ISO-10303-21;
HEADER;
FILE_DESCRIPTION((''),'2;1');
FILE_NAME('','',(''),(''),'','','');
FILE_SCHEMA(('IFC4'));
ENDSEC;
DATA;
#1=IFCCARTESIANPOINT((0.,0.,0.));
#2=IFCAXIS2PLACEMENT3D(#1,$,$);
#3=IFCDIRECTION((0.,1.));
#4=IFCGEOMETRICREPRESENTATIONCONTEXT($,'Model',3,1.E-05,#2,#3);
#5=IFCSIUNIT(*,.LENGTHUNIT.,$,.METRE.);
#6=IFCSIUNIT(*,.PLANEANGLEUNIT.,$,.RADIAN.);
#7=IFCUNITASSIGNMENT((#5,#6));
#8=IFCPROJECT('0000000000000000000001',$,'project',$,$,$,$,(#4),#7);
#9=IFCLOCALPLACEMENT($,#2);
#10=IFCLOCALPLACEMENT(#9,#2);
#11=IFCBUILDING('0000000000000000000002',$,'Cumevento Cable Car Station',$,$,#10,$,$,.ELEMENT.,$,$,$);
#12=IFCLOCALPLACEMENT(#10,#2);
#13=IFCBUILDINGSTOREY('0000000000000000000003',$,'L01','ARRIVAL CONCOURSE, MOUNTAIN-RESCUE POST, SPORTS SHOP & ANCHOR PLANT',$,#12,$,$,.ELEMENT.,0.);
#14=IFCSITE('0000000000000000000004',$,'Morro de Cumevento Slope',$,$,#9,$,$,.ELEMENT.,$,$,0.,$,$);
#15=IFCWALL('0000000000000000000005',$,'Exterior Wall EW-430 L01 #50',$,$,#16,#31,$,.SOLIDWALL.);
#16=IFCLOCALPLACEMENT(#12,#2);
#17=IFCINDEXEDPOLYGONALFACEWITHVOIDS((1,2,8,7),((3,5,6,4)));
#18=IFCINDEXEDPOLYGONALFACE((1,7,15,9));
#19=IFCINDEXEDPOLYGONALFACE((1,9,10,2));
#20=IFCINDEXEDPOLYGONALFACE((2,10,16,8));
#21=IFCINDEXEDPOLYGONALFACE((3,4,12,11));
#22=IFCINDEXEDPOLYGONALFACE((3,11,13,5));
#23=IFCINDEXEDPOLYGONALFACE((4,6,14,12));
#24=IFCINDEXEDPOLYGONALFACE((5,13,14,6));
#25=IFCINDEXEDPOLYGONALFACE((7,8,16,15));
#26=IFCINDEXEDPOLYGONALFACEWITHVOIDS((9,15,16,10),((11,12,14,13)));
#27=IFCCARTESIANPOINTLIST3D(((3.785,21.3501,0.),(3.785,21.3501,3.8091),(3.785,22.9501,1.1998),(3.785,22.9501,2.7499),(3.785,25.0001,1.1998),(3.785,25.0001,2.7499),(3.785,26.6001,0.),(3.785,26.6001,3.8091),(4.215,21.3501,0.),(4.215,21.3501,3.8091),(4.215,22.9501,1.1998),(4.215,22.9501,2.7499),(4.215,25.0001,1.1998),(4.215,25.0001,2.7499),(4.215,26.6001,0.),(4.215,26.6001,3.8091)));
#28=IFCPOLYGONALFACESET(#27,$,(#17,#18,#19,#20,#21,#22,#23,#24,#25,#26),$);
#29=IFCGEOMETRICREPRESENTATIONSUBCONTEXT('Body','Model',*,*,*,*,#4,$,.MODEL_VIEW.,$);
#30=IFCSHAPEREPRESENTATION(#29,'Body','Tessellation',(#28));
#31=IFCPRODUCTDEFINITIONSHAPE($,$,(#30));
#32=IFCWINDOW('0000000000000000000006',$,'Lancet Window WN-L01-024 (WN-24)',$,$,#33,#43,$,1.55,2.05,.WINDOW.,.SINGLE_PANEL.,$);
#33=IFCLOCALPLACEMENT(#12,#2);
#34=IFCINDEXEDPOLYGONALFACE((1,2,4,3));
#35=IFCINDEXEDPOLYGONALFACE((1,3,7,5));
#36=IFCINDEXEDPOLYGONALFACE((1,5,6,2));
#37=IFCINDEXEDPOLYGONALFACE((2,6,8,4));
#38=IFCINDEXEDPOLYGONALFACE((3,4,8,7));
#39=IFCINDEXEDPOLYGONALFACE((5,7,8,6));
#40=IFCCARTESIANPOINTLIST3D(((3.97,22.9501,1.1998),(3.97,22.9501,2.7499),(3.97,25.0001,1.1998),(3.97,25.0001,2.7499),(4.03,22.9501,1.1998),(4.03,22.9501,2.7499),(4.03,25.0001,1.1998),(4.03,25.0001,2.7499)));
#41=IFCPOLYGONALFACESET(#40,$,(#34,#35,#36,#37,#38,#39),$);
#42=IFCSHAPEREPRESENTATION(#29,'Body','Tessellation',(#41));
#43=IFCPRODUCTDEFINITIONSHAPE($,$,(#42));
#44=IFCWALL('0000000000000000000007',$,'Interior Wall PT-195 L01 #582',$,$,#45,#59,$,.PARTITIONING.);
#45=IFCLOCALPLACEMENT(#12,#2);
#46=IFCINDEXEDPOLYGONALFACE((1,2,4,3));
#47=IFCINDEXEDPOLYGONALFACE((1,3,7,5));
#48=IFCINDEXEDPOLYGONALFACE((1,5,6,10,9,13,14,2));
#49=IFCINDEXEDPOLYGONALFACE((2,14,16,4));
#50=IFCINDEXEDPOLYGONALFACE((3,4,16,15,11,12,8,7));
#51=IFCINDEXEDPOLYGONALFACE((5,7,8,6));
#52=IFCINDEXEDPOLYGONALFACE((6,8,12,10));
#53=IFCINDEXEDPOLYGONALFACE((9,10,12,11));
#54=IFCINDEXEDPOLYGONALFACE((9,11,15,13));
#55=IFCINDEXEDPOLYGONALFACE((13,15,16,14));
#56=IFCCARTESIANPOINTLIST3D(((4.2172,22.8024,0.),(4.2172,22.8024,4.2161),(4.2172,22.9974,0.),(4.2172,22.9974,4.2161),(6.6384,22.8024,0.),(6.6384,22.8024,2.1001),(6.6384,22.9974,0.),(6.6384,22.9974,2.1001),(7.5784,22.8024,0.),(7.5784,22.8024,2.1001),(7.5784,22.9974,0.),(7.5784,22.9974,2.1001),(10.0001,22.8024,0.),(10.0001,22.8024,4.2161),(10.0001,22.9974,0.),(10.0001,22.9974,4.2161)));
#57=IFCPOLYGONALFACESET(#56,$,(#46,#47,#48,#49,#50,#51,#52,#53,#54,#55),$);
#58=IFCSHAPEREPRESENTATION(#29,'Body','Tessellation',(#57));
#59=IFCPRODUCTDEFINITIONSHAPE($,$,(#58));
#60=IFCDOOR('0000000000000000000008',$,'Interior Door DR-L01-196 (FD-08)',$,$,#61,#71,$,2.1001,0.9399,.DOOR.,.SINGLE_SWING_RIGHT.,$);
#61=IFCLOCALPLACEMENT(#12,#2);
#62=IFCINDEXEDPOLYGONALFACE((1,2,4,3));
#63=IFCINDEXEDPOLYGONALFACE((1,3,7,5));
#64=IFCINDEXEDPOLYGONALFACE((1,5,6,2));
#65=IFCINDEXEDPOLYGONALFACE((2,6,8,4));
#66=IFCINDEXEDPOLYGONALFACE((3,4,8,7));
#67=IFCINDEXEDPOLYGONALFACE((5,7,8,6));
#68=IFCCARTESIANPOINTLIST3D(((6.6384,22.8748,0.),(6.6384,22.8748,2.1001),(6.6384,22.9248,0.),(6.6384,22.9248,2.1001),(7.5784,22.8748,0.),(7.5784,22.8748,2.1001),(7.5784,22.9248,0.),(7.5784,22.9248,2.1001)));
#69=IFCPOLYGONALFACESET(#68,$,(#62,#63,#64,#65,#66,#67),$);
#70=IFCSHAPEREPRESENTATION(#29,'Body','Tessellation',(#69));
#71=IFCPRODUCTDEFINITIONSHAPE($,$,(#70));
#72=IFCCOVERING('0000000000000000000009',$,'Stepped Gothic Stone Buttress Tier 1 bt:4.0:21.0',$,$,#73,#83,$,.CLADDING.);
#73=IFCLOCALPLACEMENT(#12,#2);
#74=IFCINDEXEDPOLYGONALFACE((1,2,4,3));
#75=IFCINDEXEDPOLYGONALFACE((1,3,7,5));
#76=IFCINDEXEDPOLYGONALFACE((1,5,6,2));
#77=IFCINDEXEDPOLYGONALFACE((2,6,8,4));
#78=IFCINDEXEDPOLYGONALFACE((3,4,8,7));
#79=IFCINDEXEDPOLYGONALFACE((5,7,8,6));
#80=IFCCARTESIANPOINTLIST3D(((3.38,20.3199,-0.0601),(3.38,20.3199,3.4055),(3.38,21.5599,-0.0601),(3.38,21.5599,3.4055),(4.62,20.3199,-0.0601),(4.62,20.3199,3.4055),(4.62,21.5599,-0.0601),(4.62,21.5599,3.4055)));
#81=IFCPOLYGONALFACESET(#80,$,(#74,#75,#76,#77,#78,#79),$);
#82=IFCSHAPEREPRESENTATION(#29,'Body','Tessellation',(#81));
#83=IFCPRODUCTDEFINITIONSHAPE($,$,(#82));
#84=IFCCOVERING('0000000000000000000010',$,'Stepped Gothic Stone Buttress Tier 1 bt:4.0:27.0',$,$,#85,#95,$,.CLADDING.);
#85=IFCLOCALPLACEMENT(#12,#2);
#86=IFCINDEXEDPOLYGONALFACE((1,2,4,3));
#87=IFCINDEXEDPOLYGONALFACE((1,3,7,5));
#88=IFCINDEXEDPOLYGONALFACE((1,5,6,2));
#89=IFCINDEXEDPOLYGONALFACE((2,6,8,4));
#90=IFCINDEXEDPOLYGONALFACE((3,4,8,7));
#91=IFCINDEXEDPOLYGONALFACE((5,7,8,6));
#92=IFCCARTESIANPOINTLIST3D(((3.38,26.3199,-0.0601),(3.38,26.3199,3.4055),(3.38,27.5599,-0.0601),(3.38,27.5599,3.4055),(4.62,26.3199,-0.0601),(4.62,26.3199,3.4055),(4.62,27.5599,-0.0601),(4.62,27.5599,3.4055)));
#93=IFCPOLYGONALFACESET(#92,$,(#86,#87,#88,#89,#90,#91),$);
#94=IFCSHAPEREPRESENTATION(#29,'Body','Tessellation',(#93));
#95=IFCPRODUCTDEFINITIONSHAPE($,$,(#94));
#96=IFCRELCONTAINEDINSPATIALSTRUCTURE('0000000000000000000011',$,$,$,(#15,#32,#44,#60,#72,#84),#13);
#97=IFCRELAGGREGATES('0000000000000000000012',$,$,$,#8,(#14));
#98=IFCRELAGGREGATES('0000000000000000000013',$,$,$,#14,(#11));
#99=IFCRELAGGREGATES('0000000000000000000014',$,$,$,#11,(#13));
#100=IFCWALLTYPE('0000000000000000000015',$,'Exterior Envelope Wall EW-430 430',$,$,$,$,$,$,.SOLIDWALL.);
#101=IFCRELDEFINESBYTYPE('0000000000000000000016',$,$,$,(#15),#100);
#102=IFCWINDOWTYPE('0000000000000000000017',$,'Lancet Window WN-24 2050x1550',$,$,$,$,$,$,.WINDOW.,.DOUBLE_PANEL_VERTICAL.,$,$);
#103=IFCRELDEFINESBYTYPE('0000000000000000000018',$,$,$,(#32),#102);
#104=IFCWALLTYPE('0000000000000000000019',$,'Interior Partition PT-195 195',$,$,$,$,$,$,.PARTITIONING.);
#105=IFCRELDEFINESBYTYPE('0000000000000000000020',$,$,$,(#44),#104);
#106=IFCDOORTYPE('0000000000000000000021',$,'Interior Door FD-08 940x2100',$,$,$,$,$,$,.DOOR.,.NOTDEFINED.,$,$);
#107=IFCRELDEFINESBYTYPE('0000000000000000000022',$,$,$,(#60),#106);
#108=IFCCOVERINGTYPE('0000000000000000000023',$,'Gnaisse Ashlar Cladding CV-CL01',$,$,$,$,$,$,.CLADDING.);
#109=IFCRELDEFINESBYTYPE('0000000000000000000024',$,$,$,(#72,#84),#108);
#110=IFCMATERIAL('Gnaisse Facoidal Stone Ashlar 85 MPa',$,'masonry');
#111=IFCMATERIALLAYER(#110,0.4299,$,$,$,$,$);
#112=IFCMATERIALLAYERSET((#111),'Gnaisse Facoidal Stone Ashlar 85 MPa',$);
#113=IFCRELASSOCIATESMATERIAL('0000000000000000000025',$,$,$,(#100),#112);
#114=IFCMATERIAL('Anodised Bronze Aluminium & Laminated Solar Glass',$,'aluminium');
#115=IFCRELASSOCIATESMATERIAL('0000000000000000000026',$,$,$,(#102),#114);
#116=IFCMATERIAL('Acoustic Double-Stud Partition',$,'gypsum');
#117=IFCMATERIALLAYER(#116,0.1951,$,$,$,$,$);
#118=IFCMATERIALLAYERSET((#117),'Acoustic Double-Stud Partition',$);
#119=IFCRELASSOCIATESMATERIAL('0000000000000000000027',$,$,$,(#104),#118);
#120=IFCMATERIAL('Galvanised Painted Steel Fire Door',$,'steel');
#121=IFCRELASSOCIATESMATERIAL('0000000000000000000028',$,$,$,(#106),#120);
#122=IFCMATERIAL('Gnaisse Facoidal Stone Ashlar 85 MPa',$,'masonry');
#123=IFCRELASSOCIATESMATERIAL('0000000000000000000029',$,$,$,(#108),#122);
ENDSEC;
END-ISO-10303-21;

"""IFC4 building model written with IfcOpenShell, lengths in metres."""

from ifc_helpers import new_model, si_unit, direction, frame, frame_2d, origin, origin_2d, place, context, subcontext, project, spatial, rectangle, extrude, material, layer, layer_set, type_object, element, fill, save


model = new_model("IFC4")

# Units and contexts
model_context = context("Model", 3, precision=1e-05, world=origin(), true_north=direction((0.0, 1.0)))
body_context = subcontext(model_context, "Body", "Model", "MODEL_VIEW")
ifc_project = project(units=[si_unit("LENGTHUNIT", "METRE"), si_unit("PLANEANGLEUNIT", "RADIAN")], contexts=[model_context])

# Site, building, storey
site_placement = place(None, origin())
site = spatial("IfcSite", under=ifc_project, at=site_placement, Name="Morro de Cumevento Slope", CompositionType="ELEMENT", RefElevation=0.0)
building_placement = place(site_placement, origin())
building = spatial("IfcBuilding", under=site, at=building_placement, Name="Cumevento Cable Car Station", CompositionType="ELEMENT")
storey_placement = place(building_placement, origin())
storey = spatial("IfcBuildingStorey", under=building, at=storey_placement, Name="L01", Description="ARRIVAL CONCOURSE, MOUNTAIN-RESCUE POST, SPORTS SHOP & ANCHOR PLANT", CompositionType="ELEMENT", Elevation=0.0)

# Wall, opening, window
ifc_material_1 = material(Name="Gnaisse Facoidal Stone Ashlar 85 MPa", Category="masonry")
ifc_layer_1 = layer(ifc_material_1, 0.4299)
ifc_layer_set_1 = layer_set([ifc_layer_1], Name="Gnaisse Facoidal Stone Ashlar 85 MPa")
wall_type_1 = type_object("IfcWallType", Name="Exterior Envelope Wall EW-430 430", PredefinedType="SOLIDWALL", material=ifc_layer_set_1)
wall_1_placement = place(storey_placement, frame((4.0, 21.3501, 0.0), z_axis=(0.0, 0.0, 1.0), x_axis=(0.0, 1.0, 0.0)))
wall_1 = element("IfcWall", 1, at=wall_1_placement, inside=storey, type_object=wall_type_1, Name="Exterior Wall EW-430 L01 #50", PredefinedType="SOLIDWALL", context=body_context, shape_type="SweptSolid", body=[
    extrude(rectangle(XDim=5.25, YDim=0.4299, at=frame_2d((2.625, 0.0))), origin(), (0.0, 0.0, 1.0), 3.8091),
])
opening_1_placement = place(wall_1_placement, frame((1.6001, 0.0, 1.2)))
opening_1 = element("IfcOpeningElement", 2, at=opening_1_placement, cuts=wall_1, PredefinedType="OPENING", context=body_context, shape_type="SweptSolid", body=[
    extrude(rectangle(XDim=2.05, YDim=1.55, at=frame_2d((1.0249, 0.7749))), frame((0.0, 0.2249, 0.0), z_axis=(0.0, -1.0, 0.0), x_axis=(1.0, 0.0, 0.0)), (0.0, 0.0, 1.0), 0.45),
])
ifc_material_2 = material(Name="Anodised Bronze Aluminium & Laminated Solar Glass", Category="aluminium")
window_type_1 = type_object("IfcWindowType", Name="Lancet Window WN-24 2050x1550", PartitioningType="DOUBLE_PANEL_VERTICAL", PredefinedType="WINDOW", material=ifc_material_2)
window_1_placement = place(opening_1_placement, origin())
window_1 = element("IfcWindow", 3, at=window_1_placement, inside=storey, type_object=window_type_1, Name="Lancet Window WN-L01-024 (WN-24)", OverallHeight=1.55, OverallWidth=2.05, PartitioningType="SINGLE_PANEL", PredefinedType="WINDOW", context=body_context, shape_type="SweptSolid", body=[
    extrude(rectangle(XDim=2.05, YDim=1.55, at=frame_2d((1.0249, 0.7749))), frame((0.0, 0.03, 0.0), z_axis=(0.0, -1.0, 0.0), x_axis=(1.0, 0.0, 0.0)), (0.0, 0.0, 1.0), 0.0601),
])
fill(opening_1, window_1)

# Wall, opening, door
ifc_material_3 = material(Name="Acoustic Double-Stud Partition", Category="gypsum")
ifc_layer_2 = layer(ifc_material_3, 0.1951)
ifc_layer_set_2 = layer_set([ifc_layer_2], Name="Acoustic Double-Stud Partition")
wall_type_2 = type_object("IfcWallType", Name="Interior Partition PT-195 195", PredefinedType="PARTITIONING", material=ifc_layer_set_2)
wall_2_placement = place(storey_placement, frame((4.217, 22.8999, 0.0), z_axis=(0.0, 0.0, 1.0), x_axis=(1.0, 0.0, 0.0)))
wall_2 = element("IfcWall", 4, at=wall_2_placement, inside=storey, type_object=wall_type_2, Name="Interior Wall PT-195 L01 #582", PredefinedType="PARTITIONING", context=body_context, shape_type="SweptSolid", body=[
    extrude(rectangle(XDim=5.783, YDim=0.1951, at=frame_2d((2.8916, 0.0))), origin(), (0.0, 0.0, 1.0), 4.2161),
])
opening_2_placement = place(wall_2_placement, frame((2.4214, 0.0, 0.0)))
opening_2 = element("IfcOpeningElement", 5, at=opening_2_placement, cuts=wall_2, PredefinedType="OPENING", context=body_context, shape_type="SweptSolid", body=[
    extrude(rectangle(XDim=0.9399, YDim=2.1001, at=frame_2d((0.47, 1.05))), frame((0.0, 0.1077, 0.0), z_axis=(0.0, -1.0, 0.0), x_axis=(1.0, 0.0, 0.0)), (0.0, 0.0, 1.0), 0.2151),
])
ifc_material_4 = material(Name="Galvanised Painted Steel Fire Door", Category="steel")
door_type = type_object("IfcDoorType", Name="Interior Door FD-08 940x2100", OperationType="NOTDEFINED", PredefinedType="DOOR", material=ifc_material_4)
door_placement = place(opening_2_placement, origin())
door = element("IfcDoor", 6, at=door_placement, inside=storey, type_object=door_type, Name="Interior Door DR-L01-196 (FD-08)", OperationType="SINGLE_SWING_RIGHT", OverallHeight=2.1001, OverallWidth=0.9399, PredefinedType="DOOR", context=body_context, shape_type="SweptSolid", body=[
    extrude(rectangle(XDim=0.9399, YDim=2.1001, at=frame_2d((0.47, 1.05))), frame((0.0, 0.0249, 0.0), z_axis=(0.0, -1.0, 0.0), x_axis=(1.0, 0.0, 0.0)), (0.0, 0.0, 1.0), 0.05),
])
fill(opening_2, door)

# Coverings
ifc_material_5 = material(Name="Gnaisse Facoidal Stone Ashlar 85 MPa", Category="masonry")
covering_type = type_object("IfcCoveringType", Name="Gnaisse Ashlar Cladding CV-CL01", PredefinedType="CLADDING", material=ifc_material_5)
for number, where, z_axis, x_axis, name in (
    (7, (4.0, 20.9399, -0.0601), (0.0, 0.0, 1.0), (1.0, 0.0, 0.0), "Stepped Gothic Stone Buttress Tier 1 bt:4.0:21.0"),
    (8, (4.0, 26.9399, -0.0601), (0.0, 0.0, 1.0), (1.0, 0.0, 0.0), "Stepped Gothic Stone Buttress Tier 1 bt:4.0:27.0"),
):
    element("IfcCovering", number, at=place(storey_placement, frame(where, z_axis=z_axis, x_axis=x_axis)), inside=storey, type_object=covering_type, Name=name, PredefinedType="CLADDING", context=body_context, shape_type="SweptSolid", body=[
        extrude(rectangle(XDim=1.24, YDim=1.24, at=origin_2d()), origin(), (0.0, 0.0, 1.0), 3.4656),
    ])

save(model, "model.ifc")
